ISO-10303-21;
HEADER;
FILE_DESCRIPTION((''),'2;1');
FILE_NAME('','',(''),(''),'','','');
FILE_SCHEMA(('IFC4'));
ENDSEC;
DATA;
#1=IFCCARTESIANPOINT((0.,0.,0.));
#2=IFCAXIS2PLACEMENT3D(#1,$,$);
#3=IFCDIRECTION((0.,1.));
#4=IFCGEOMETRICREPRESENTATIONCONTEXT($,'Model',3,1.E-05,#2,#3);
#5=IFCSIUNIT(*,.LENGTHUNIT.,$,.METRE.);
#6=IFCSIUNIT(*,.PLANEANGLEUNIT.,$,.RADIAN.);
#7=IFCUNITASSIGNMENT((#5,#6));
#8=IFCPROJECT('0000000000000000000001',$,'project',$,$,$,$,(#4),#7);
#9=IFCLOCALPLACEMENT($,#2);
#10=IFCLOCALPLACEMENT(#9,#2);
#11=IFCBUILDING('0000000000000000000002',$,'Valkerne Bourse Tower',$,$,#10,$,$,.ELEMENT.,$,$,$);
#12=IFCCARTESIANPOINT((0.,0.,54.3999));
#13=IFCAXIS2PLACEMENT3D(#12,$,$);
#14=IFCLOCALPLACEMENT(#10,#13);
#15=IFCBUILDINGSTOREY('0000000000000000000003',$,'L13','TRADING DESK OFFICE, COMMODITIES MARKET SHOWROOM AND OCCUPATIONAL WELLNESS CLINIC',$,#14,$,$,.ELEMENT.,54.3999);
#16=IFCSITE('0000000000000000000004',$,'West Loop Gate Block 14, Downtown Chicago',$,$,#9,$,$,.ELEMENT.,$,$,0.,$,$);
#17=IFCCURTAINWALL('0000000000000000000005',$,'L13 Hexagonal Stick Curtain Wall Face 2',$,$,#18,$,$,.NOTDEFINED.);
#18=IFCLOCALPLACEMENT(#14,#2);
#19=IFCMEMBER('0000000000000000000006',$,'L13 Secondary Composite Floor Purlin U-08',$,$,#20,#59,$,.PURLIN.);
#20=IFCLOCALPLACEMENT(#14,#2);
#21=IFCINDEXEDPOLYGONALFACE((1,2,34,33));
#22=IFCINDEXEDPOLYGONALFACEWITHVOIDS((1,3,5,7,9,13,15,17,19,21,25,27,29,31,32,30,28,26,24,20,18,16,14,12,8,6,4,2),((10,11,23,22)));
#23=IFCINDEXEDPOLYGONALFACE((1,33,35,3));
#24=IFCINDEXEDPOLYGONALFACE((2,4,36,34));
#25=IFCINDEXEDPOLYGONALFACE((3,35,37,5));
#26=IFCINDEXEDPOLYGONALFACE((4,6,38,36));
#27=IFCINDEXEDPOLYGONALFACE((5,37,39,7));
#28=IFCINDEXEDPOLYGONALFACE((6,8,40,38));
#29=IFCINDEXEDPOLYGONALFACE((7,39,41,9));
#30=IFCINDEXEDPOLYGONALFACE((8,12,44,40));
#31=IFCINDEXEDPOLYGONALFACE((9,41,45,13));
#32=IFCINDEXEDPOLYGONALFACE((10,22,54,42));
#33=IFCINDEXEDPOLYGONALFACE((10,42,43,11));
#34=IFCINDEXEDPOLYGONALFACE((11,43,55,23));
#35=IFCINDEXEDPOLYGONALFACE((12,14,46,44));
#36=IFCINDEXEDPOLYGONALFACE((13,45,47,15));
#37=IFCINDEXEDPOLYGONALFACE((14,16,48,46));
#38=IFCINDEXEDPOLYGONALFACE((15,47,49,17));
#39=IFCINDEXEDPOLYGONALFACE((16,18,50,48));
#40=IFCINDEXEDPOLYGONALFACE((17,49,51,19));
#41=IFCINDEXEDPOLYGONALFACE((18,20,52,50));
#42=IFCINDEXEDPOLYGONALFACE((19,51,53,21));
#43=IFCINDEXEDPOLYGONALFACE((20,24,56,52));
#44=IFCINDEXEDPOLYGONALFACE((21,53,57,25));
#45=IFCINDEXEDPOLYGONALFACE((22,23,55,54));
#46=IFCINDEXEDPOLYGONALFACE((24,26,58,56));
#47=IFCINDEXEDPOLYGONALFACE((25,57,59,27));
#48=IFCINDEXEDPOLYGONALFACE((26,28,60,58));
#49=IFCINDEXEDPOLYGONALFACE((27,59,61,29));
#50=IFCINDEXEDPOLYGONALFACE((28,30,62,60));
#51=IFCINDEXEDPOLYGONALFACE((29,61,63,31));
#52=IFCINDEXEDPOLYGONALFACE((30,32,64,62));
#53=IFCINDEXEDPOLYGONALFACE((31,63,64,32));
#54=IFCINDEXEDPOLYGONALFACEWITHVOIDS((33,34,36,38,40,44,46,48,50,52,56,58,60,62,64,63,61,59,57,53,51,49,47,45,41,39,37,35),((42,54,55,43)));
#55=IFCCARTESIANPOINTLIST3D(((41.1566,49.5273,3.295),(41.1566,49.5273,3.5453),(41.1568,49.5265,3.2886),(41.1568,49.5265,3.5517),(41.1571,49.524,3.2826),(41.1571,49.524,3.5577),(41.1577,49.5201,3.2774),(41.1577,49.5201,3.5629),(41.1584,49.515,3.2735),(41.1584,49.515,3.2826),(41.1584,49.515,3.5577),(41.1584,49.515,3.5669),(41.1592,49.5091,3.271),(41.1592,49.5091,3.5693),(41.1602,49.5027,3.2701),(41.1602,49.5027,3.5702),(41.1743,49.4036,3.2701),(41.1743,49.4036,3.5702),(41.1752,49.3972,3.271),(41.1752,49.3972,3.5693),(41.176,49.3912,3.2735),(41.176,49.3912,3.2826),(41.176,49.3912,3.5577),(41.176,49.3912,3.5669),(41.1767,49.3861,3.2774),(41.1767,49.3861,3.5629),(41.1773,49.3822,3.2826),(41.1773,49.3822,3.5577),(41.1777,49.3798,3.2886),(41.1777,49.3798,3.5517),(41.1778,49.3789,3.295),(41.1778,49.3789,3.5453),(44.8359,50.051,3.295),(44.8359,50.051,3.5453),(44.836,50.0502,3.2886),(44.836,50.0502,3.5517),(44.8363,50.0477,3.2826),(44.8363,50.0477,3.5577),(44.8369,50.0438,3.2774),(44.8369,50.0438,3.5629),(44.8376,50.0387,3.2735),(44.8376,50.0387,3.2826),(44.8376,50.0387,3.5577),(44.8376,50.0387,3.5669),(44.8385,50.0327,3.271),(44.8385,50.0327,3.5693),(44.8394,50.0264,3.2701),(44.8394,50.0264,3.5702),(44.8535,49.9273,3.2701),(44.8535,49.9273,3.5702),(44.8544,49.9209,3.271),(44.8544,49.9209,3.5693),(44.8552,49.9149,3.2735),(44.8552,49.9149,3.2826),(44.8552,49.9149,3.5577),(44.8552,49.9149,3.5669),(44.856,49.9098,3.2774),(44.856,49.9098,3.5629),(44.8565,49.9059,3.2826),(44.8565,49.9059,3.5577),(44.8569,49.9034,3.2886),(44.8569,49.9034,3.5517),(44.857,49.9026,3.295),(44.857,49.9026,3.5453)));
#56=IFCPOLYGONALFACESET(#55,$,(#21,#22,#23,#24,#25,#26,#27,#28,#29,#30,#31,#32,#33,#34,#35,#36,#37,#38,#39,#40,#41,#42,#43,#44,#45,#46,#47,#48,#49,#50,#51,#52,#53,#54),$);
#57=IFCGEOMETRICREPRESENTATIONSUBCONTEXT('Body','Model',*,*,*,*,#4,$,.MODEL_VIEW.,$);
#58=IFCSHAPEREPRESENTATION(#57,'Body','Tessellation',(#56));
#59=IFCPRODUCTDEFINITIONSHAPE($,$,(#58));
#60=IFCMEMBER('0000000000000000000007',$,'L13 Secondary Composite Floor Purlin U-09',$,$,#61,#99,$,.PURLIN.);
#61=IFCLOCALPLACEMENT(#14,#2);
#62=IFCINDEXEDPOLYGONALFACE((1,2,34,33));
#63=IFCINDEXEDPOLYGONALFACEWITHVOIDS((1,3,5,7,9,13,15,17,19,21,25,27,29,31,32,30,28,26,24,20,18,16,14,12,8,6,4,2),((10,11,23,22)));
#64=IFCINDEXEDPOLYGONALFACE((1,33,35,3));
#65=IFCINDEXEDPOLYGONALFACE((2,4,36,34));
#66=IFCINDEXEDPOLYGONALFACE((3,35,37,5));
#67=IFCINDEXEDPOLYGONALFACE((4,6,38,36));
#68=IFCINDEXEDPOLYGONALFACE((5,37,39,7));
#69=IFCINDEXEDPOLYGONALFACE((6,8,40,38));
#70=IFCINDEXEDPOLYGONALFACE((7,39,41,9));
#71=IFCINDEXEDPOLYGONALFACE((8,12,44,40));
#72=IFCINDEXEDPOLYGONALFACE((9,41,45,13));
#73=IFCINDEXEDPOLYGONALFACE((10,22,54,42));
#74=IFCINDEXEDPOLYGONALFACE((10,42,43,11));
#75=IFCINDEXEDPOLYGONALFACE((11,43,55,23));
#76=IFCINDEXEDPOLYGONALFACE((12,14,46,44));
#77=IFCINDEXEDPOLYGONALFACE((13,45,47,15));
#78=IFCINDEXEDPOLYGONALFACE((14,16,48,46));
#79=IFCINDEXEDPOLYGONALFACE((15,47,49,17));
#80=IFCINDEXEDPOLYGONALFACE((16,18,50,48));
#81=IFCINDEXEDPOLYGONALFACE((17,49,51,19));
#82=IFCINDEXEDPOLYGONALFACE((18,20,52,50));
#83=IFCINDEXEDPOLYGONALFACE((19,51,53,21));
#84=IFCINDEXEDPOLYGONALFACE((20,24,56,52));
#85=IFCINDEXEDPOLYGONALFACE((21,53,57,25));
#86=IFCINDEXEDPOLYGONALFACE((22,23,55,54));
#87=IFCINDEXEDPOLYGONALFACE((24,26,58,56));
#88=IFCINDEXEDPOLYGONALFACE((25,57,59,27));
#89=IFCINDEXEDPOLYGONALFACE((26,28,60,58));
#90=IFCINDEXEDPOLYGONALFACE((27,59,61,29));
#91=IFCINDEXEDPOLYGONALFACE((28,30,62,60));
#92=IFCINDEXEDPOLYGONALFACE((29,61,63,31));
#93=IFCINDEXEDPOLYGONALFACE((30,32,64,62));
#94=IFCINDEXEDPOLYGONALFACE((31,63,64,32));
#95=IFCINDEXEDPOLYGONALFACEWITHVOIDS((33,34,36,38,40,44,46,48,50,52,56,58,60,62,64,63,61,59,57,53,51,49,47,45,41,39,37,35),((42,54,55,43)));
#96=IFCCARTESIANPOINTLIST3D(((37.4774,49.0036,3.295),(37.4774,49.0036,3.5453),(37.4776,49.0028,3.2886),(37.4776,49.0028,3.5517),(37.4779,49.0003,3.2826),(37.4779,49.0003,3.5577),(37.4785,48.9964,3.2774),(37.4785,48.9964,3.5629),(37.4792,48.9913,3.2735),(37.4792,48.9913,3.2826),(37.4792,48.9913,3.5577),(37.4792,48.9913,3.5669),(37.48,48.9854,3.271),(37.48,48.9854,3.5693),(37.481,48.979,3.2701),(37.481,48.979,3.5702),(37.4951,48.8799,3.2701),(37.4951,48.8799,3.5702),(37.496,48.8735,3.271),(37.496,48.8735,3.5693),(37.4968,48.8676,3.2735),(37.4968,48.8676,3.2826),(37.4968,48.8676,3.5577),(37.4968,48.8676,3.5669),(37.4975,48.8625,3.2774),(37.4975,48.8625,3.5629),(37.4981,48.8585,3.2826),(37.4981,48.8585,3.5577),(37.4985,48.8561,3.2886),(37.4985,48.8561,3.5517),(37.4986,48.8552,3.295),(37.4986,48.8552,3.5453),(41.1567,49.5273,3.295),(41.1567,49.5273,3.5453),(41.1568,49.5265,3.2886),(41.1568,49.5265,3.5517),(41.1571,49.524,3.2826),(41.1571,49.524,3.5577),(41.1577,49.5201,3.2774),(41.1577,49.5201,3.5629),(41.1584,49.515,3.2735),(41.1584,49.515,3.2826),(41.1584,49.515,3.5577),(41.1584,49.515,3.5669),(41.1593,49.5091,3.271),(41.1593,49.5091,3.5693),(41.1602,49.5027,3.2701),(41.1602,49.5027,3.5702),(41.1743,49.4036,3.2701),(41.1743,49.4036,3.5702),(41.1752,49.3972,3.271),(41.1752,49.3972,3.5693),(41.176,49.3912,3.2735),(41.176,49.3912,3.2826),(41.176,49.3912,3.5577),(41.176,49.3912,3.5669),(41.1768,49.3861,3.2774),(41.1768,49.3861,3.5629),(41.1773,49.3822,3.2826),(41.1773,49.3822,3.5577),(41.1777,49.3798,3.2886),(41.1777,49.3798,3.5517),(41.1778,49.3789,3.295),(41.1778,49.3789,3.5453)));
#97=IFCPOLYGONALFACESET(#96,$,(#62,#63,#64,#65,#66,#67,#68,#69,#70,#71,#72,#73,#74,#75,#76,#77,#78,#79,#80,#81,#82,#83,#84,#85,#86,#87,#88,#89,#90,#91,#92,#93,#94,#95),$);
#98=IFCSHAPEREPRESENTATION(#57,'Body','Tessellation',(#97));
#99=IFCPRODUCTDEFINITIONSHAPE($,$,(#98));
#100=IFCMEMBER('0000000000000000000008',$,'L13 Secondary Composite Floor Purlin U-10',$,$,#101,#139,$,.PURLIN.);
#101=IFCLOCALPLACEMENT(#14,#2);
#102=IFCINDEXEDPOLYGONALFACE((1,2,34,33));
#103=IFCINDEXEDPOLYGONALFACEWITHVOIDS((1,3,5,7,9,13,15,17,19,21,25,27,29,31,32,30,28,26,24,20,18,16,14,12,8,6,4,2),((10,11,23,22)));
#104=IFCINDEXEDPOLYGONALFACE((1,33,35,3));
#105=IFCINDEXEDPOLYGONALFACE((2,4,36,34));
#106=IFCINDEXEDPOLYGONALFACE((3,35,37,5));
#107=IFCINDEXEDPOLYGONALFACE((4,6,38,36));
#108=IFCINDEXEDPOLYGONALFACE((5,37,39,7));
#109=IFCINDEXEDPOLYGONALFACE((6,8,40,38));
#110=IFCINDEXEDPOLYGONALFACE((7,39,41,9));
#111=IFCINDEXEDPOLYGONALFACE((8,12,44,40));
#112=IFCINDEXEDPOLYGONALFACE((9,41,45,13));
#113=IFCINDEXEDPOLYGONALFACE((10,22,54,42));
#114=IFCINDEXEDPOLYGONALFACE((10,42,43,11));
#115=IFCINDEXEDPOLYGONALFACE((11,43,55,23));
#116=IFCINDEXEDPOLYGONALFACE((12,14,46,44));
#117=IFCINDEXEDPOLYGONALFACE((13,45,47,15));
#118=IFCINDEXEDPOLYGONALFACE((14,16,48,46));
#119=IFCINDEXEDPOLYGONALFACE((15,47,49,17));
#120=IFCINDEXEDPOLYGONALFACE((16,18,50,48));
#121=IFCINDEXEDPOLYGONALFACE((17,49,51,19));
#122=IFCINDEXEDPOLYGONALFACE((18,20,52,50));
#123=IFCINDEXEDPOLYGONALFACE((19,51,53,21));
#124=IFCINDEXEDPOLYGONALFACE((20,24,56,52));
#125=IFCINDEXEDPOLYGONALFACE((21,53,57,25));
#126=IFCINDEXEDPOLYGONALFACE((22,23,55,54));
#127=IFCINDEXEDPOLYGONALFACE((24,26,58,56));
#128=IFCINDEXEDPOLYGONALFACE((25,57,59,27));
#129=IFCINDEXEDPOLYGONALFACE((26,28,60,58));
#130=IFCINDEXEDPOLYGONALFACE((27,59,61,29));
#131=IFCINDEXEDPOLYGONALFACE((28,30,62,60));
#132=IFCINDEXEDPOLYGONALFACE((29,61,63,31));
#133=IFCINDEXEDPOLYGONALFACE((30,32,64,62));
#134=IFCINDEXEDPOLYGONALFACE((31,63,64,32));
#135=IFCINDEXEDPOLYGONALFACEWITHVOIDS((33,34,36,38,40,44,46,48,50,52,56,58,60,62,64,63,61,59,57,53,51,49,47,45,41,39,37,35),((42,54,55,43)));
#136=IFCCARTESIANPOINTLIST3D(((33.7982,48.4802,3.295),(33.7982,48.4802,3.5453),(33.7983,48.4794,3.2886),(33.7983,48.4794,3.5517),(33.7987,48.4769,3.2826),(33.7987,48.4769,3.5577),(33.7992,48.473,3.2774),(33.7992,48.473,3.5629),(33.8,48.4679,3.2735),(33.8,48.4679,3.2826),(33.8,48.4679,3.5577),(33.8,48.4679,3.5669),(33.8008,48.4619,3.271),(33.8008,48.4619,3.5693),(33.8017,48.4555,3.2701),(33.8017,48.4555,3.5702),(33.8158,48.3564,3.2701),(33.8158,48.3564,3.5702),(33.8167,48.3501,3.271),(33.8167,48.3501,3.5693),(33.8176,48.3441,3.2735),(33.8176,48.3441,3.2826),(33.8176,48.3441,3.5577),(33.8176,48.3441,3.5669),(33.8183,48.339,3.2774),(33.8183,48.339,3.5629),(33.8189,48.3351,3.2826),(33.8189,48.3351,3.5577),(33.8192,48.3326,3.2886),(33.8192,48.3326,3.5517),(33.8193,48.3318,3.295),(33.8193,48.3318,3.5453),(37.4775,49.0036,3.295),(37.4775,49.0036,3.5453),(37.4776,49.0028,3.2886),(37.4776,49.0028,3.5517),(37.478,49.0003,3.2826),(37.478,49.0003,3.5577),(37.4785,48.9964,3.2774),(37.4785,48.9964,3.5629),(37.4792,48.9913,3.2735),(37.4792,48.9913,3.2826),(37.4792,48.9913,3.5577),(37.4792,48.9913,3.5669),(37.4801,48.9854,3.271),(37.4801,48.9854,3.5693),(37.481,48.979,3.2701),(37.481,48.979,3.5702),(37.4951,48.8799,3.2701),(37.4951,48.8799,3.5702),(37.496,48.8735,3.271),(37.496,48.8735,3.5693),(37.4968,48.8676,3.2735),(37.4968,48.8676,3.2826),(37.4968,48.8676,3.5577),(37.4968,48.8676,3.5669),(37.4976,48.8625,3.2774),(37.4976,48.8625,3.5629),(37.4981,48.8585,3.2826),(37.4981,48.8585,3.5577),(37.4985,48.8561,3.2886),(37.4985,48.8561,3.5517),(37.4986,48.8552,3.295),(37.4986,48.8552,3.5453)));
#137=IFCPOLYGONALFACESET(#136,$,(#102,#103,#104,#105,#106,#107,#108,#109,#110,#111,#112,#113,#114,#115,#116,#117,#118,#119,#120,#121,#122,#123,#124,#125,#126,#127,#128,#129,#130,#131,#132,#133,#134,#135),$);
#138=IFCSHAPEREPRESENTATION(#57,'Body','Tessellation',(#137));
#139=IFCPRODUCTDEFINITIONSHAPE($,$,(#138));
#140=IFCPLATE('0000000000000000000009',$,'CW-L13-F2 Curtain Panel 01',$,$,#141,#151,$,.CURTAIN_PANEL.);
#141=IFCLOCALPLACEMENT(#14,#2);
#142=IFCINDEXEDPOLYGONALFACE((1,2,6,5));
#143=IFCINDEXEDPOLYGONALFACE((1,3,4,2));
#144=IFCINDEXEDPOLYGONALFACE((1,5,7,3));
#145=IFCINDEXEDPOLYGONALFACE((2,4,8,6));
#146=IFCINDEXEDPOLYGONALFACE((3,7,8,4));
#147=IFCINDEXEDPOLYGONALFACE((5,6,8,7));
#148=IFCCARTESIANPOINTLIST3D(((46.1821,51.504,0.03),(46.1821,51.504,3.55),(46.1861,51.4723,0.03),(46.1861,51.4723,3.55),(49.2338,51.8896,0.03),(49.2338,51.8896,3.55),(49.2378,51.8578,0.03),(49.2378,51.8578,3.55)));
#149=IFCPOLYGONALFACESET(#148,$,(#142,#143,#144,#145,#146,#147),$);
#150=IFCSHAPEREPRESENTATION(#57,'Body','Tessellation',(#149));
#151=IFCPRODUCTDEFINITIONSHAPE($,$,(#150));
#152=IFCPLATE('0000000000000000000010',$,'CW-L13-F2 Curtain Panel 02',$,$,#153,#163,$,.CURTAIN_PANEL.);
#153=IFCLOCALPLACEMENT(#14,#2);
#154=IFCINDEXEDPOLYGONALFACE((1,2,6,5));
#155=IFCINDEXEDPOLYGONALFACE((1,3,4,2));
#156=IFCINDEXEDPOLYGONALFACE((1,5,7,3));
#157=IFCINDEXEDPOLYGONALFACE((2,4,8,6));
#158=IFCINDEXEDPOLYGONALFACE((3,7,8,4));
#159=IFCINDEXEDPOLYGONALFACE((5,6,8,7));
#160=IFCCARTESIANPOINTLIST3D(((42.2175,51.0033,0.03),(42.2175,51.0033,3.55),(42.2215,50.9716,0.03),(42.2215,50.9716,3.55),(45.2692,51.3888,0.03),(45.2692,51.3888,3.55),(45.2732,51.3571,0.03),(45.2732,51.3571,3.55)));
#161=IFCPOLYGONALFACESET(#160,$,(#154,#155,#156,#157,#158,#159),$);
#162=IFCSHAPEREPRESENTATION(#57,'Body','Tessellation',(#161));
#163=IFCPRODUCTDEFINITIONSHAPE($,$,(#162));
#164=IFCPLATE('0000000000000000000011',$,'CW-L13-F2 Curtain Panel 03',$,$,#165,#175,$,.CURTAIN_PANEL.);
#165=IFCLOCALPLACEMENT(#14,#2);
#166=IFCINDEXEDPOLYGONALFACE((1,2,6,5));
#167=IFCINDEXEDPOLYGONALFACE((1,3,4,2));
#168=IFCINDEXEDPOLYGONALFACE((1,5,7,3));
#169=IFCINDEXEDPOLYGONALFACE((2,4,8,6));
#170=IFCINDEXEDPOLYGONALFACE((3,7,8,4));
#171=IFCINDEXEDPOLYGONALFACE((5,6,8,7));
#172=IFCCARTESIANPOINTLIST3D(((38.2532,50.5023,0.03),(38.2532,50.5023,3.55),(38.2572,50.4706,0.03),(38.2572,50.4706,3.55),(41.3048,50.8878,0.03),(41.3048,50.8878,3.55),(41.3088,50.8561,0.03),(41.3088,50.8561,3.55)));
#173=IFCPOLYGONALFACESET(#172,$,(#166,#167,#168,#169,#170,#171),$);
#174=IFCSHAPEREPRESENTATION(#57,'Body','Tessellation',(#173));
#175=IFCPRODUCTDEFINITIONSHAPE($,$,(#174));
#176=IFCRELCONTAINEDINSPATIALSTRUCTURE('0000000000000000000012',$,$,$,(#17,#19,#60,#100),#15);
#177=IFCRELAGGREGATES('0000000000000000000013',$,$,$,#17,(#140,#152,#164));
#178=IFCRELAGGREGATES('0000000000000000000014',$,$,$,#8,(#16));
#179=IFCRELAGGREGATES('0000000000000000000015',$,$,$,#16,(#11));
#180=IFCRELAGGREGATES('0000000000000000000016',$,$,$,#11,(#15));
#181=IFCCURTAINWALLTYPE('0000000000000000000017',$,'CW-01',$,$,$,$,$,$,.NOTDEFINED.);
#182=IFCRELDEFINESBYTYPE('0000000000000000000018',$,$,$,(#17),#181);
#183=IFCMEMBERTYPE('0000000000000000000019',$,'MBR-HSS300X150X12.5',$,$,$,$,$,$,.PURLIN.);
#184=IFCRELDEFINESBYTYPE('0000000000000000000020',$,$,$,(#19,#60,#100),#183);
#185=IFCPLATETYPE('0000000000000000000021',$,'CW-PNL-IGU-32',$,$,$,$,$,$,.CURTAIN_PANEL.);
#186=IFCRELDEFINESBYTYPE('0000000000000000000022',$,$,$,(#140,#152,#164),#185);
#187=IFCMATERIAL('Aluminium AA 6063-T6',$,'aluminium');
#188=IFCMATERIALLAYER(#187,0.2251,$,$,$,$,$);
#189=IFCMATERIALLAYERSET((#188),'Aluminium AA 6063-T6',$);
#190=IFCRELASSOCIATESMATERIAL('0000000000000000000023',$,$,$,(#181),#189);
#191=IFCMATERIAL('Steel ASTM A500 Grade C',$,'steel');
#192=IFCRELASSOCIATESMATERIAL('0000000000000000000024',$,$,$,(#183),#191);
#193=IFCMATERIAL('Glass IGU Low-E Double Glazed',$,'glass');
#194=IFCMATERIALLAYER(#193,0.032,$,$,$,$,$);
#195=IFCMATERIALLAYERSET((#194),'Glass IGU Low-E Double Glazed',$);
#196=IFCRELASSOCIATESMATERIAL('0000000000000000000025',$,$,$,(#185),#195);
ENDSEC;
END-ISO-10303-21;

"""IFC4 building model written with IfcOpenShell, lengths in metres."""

from ifc_helpers import new_model, si_unit, direction, frame, origin, origin_2d, place, context, subcontext, project, spatial, rectangle, hollow_rectangle, extrude, material, layer, layer_set, material_profile, profile_set, type_object, element, aggregate, save


model = new_model("IFC4")

# Units and contexts
model_context = context("Model", 3, precision=1e-05, world=origin(), true_north=direction((0.0, 1.0)))
body_context = subcontext(model_context, "Body", "Model", "MODEL_VIEW")
ifc_project = project(units=[si_unit("LENGTHUNIT", "METRE"), si_unit("PLANEANGLEUNIT", "RADIAN")], contexts=[model_context])

# Site, building, storey
site_placement = place(None, origin())
site = spatial("IfcSite", under=ifc_project, at=site_placement, Name="West Loop Gate Block 14, Downtown Chicago", CompositionType="ELEMENT", RefElevation=0.0)
building_placement = place(site_placement, origin())
building = spatial("IfcBuilding", under=site, at=building_placement, Name="Valkerne Bourse Tower", CompositionType="ELEMENT")
storey_placement = place(building_placement, frame((0.0, 0.0, 54.3999)))
storey = spatial("IfcBuildingStorey", under=building, at=storey_placement, Name="L13", Description="TRADING DESK OFFICE, COMMODITIES MARKET SHOWROOM AND OCCUPATIONAL WELLNESS CLINIC", CompositionType="ELEMENT", Elevation=54.3999)

# Curtain wall
ifc_material_1 = material(Name="Aluminium AA 6063-T6", Category="aluminium")
ifc_layer_1 = layer(ifc_material_1, 0.2251)
ifc_layer_set_1 = layer_set([ifc_layer_1], Name="Aluminium AA 6063-T6")
curtain_wall_type = type_object("IfcCurtainWallType", Name="CW-01", PredefinedType="NOTDEFINED", material=ifc_layer_set_1)
curtain_wall_placement = place(storey_placement, origin())
curtain_wall = element("IfcCurtainWall", 1, at=curtain_wall_placement, inside=storey, type_object=curtain_wall_type, Name="L13 Hexagonal Stick Curtain Wall Face 2", PredefinedType="NOTDEFINED")

# Members
ifc_material_2 = material(Name="Steel ASTM A500 Grade C", Category="steel")
ifc_material_profile_1 = material_profile(ifc_material_2, hollow_rectangle(XDim=0.1499, YDim=0.3, WallThickness=0.0125, OuterFilletRadius=0.0249, at=origin_2d()), Name="HSS300X150X12.5")
ifc_profile_set_1 = profile_set([ifc_material_profile_1], Name="Steel ASTM A500 Grade C")
member_type_1 = type_object("IfcMemberType", Name="MBR-HSS300X150X12.5", PredefinedType="PURLIN", material=ifc_profile_set_1)
for number, where, z_axis, x_axis, name in (
    (2, (44.8464, 49.9768, 3.4202), (-0.990022, -0.140915, 0.0), (0.140915, -0.990022, 0.0), "L13 Secondary Composite Floor Purlin U-08"),
    (3, (41.1672, 49.4531, 3.4202), (-0.990022, -0.140915, 0.0), (0.140915, -0.990022, 0.0), "L13 Secondary Composite Floor Purlin U-09"),
    (4, (37.488, 48.9294, 3.4202), (-0.990031, -0.140851, 0.0), (0.140851, -0.990031, 0.0), "L13 Secondary Composite Floor Purlin U-10"),
):
    element("IfcMember", number, at=place(storey_placement, frame(where, z_axis=z_axis, x_axis=x_axis)), inside=storey, type_object=member_type_1, Name=name, PredefinedType="PURLIN", context=body_context, shape_type="SweptSolid", body=[
        extrude(hollow_rectangle(XDim=0.1499, YDim=0.3, WallThickness=0.0125, OuterFilletRadius=0.0249, at=origin_2d()), origin(), (0.0, 0.0, 1.0), 3.7163),
    ])

# Plates
ifc_material_3 = material(Name="Glass IGU Low-E Double Glazed", Category="glass")
ifc_layer_2 = layer(ifc_material_3, 0.032)
ifc_layer_set_2 = layer_set([ifc_layer_2], Name="Glass IGU Low-E Double Glazed")
plate_type = type_object("IfcPlateType", Name="CW-PNL-IGU-32", PredefinedType="CURTAIN_PANEL", material=ifc_layer_set_2)
plate_1_placement = place(storey_placement, frame((47.71, 51.6809, 0.03), z_axis=(0.0, 0.0, 1.0), x_axis=(-0.992113, -0.12535, 0.0)))
plate_1 = element("IfcPlate", 5, at=plate_1_placement, type_object=plate_type, Name="CW-L13-F2 Curtain Panel 01", PredefinedType="CURTAIN_PANEL", context=body_context, shape_type="SweptSolid", body=[
    extrude(rectangle(XDim=3.0759, YDim=0.032, at=origin_2d()), origin(), (0.0, 0.0, 1.0), 3.52),
])
plate_2_placement = place(storey_placement, frame((43.7454, 51.1802, 0.03), z_axis=(0.0, 0.0, 1.0), x_axis=(-0.992116, -0.125325, 0.0)))
plate_2 = element("IfcPlate", 6, at=plate_2_placement, type_object=plate_type, Name="CW-L13-F2 Curtain Panel 02", PredefinedType="CURTAIN_PANEL", context=body_context, shape_type="SweptSolid", body=[
    extrude(rectangle(XDim=3.0759, YDim=0.032, at=origin_2d()), origin(), (0.0, 0.0, 1.0), 3.52),
])
plate_3_placement = place(storey_placement, frame((39.781, 50.6792, 0.03), z_axis=(0.0, 0.0, 1.0), x_axis=(-0.992116, -0.125325, 0.0)))
plate_3 = element("IfcPlate", 7, at=plate_3_placement, type_object=plate_type, Name="CW-L13-F2 Curtain Panel 03", PredefinedType="CURTAIN_PANEL", context=body_context, shape_type="SweptSolid", body=[
    extrude(rectangle(XDim=3.0759, YDim=0.032, at=origin_2d()), origin(), (0.0, 0.0, 1.0), 3.52),
])
aggregate(curtain_wall, [plate_1, plate_2, plate_3])

save(model, "model.ifc")
